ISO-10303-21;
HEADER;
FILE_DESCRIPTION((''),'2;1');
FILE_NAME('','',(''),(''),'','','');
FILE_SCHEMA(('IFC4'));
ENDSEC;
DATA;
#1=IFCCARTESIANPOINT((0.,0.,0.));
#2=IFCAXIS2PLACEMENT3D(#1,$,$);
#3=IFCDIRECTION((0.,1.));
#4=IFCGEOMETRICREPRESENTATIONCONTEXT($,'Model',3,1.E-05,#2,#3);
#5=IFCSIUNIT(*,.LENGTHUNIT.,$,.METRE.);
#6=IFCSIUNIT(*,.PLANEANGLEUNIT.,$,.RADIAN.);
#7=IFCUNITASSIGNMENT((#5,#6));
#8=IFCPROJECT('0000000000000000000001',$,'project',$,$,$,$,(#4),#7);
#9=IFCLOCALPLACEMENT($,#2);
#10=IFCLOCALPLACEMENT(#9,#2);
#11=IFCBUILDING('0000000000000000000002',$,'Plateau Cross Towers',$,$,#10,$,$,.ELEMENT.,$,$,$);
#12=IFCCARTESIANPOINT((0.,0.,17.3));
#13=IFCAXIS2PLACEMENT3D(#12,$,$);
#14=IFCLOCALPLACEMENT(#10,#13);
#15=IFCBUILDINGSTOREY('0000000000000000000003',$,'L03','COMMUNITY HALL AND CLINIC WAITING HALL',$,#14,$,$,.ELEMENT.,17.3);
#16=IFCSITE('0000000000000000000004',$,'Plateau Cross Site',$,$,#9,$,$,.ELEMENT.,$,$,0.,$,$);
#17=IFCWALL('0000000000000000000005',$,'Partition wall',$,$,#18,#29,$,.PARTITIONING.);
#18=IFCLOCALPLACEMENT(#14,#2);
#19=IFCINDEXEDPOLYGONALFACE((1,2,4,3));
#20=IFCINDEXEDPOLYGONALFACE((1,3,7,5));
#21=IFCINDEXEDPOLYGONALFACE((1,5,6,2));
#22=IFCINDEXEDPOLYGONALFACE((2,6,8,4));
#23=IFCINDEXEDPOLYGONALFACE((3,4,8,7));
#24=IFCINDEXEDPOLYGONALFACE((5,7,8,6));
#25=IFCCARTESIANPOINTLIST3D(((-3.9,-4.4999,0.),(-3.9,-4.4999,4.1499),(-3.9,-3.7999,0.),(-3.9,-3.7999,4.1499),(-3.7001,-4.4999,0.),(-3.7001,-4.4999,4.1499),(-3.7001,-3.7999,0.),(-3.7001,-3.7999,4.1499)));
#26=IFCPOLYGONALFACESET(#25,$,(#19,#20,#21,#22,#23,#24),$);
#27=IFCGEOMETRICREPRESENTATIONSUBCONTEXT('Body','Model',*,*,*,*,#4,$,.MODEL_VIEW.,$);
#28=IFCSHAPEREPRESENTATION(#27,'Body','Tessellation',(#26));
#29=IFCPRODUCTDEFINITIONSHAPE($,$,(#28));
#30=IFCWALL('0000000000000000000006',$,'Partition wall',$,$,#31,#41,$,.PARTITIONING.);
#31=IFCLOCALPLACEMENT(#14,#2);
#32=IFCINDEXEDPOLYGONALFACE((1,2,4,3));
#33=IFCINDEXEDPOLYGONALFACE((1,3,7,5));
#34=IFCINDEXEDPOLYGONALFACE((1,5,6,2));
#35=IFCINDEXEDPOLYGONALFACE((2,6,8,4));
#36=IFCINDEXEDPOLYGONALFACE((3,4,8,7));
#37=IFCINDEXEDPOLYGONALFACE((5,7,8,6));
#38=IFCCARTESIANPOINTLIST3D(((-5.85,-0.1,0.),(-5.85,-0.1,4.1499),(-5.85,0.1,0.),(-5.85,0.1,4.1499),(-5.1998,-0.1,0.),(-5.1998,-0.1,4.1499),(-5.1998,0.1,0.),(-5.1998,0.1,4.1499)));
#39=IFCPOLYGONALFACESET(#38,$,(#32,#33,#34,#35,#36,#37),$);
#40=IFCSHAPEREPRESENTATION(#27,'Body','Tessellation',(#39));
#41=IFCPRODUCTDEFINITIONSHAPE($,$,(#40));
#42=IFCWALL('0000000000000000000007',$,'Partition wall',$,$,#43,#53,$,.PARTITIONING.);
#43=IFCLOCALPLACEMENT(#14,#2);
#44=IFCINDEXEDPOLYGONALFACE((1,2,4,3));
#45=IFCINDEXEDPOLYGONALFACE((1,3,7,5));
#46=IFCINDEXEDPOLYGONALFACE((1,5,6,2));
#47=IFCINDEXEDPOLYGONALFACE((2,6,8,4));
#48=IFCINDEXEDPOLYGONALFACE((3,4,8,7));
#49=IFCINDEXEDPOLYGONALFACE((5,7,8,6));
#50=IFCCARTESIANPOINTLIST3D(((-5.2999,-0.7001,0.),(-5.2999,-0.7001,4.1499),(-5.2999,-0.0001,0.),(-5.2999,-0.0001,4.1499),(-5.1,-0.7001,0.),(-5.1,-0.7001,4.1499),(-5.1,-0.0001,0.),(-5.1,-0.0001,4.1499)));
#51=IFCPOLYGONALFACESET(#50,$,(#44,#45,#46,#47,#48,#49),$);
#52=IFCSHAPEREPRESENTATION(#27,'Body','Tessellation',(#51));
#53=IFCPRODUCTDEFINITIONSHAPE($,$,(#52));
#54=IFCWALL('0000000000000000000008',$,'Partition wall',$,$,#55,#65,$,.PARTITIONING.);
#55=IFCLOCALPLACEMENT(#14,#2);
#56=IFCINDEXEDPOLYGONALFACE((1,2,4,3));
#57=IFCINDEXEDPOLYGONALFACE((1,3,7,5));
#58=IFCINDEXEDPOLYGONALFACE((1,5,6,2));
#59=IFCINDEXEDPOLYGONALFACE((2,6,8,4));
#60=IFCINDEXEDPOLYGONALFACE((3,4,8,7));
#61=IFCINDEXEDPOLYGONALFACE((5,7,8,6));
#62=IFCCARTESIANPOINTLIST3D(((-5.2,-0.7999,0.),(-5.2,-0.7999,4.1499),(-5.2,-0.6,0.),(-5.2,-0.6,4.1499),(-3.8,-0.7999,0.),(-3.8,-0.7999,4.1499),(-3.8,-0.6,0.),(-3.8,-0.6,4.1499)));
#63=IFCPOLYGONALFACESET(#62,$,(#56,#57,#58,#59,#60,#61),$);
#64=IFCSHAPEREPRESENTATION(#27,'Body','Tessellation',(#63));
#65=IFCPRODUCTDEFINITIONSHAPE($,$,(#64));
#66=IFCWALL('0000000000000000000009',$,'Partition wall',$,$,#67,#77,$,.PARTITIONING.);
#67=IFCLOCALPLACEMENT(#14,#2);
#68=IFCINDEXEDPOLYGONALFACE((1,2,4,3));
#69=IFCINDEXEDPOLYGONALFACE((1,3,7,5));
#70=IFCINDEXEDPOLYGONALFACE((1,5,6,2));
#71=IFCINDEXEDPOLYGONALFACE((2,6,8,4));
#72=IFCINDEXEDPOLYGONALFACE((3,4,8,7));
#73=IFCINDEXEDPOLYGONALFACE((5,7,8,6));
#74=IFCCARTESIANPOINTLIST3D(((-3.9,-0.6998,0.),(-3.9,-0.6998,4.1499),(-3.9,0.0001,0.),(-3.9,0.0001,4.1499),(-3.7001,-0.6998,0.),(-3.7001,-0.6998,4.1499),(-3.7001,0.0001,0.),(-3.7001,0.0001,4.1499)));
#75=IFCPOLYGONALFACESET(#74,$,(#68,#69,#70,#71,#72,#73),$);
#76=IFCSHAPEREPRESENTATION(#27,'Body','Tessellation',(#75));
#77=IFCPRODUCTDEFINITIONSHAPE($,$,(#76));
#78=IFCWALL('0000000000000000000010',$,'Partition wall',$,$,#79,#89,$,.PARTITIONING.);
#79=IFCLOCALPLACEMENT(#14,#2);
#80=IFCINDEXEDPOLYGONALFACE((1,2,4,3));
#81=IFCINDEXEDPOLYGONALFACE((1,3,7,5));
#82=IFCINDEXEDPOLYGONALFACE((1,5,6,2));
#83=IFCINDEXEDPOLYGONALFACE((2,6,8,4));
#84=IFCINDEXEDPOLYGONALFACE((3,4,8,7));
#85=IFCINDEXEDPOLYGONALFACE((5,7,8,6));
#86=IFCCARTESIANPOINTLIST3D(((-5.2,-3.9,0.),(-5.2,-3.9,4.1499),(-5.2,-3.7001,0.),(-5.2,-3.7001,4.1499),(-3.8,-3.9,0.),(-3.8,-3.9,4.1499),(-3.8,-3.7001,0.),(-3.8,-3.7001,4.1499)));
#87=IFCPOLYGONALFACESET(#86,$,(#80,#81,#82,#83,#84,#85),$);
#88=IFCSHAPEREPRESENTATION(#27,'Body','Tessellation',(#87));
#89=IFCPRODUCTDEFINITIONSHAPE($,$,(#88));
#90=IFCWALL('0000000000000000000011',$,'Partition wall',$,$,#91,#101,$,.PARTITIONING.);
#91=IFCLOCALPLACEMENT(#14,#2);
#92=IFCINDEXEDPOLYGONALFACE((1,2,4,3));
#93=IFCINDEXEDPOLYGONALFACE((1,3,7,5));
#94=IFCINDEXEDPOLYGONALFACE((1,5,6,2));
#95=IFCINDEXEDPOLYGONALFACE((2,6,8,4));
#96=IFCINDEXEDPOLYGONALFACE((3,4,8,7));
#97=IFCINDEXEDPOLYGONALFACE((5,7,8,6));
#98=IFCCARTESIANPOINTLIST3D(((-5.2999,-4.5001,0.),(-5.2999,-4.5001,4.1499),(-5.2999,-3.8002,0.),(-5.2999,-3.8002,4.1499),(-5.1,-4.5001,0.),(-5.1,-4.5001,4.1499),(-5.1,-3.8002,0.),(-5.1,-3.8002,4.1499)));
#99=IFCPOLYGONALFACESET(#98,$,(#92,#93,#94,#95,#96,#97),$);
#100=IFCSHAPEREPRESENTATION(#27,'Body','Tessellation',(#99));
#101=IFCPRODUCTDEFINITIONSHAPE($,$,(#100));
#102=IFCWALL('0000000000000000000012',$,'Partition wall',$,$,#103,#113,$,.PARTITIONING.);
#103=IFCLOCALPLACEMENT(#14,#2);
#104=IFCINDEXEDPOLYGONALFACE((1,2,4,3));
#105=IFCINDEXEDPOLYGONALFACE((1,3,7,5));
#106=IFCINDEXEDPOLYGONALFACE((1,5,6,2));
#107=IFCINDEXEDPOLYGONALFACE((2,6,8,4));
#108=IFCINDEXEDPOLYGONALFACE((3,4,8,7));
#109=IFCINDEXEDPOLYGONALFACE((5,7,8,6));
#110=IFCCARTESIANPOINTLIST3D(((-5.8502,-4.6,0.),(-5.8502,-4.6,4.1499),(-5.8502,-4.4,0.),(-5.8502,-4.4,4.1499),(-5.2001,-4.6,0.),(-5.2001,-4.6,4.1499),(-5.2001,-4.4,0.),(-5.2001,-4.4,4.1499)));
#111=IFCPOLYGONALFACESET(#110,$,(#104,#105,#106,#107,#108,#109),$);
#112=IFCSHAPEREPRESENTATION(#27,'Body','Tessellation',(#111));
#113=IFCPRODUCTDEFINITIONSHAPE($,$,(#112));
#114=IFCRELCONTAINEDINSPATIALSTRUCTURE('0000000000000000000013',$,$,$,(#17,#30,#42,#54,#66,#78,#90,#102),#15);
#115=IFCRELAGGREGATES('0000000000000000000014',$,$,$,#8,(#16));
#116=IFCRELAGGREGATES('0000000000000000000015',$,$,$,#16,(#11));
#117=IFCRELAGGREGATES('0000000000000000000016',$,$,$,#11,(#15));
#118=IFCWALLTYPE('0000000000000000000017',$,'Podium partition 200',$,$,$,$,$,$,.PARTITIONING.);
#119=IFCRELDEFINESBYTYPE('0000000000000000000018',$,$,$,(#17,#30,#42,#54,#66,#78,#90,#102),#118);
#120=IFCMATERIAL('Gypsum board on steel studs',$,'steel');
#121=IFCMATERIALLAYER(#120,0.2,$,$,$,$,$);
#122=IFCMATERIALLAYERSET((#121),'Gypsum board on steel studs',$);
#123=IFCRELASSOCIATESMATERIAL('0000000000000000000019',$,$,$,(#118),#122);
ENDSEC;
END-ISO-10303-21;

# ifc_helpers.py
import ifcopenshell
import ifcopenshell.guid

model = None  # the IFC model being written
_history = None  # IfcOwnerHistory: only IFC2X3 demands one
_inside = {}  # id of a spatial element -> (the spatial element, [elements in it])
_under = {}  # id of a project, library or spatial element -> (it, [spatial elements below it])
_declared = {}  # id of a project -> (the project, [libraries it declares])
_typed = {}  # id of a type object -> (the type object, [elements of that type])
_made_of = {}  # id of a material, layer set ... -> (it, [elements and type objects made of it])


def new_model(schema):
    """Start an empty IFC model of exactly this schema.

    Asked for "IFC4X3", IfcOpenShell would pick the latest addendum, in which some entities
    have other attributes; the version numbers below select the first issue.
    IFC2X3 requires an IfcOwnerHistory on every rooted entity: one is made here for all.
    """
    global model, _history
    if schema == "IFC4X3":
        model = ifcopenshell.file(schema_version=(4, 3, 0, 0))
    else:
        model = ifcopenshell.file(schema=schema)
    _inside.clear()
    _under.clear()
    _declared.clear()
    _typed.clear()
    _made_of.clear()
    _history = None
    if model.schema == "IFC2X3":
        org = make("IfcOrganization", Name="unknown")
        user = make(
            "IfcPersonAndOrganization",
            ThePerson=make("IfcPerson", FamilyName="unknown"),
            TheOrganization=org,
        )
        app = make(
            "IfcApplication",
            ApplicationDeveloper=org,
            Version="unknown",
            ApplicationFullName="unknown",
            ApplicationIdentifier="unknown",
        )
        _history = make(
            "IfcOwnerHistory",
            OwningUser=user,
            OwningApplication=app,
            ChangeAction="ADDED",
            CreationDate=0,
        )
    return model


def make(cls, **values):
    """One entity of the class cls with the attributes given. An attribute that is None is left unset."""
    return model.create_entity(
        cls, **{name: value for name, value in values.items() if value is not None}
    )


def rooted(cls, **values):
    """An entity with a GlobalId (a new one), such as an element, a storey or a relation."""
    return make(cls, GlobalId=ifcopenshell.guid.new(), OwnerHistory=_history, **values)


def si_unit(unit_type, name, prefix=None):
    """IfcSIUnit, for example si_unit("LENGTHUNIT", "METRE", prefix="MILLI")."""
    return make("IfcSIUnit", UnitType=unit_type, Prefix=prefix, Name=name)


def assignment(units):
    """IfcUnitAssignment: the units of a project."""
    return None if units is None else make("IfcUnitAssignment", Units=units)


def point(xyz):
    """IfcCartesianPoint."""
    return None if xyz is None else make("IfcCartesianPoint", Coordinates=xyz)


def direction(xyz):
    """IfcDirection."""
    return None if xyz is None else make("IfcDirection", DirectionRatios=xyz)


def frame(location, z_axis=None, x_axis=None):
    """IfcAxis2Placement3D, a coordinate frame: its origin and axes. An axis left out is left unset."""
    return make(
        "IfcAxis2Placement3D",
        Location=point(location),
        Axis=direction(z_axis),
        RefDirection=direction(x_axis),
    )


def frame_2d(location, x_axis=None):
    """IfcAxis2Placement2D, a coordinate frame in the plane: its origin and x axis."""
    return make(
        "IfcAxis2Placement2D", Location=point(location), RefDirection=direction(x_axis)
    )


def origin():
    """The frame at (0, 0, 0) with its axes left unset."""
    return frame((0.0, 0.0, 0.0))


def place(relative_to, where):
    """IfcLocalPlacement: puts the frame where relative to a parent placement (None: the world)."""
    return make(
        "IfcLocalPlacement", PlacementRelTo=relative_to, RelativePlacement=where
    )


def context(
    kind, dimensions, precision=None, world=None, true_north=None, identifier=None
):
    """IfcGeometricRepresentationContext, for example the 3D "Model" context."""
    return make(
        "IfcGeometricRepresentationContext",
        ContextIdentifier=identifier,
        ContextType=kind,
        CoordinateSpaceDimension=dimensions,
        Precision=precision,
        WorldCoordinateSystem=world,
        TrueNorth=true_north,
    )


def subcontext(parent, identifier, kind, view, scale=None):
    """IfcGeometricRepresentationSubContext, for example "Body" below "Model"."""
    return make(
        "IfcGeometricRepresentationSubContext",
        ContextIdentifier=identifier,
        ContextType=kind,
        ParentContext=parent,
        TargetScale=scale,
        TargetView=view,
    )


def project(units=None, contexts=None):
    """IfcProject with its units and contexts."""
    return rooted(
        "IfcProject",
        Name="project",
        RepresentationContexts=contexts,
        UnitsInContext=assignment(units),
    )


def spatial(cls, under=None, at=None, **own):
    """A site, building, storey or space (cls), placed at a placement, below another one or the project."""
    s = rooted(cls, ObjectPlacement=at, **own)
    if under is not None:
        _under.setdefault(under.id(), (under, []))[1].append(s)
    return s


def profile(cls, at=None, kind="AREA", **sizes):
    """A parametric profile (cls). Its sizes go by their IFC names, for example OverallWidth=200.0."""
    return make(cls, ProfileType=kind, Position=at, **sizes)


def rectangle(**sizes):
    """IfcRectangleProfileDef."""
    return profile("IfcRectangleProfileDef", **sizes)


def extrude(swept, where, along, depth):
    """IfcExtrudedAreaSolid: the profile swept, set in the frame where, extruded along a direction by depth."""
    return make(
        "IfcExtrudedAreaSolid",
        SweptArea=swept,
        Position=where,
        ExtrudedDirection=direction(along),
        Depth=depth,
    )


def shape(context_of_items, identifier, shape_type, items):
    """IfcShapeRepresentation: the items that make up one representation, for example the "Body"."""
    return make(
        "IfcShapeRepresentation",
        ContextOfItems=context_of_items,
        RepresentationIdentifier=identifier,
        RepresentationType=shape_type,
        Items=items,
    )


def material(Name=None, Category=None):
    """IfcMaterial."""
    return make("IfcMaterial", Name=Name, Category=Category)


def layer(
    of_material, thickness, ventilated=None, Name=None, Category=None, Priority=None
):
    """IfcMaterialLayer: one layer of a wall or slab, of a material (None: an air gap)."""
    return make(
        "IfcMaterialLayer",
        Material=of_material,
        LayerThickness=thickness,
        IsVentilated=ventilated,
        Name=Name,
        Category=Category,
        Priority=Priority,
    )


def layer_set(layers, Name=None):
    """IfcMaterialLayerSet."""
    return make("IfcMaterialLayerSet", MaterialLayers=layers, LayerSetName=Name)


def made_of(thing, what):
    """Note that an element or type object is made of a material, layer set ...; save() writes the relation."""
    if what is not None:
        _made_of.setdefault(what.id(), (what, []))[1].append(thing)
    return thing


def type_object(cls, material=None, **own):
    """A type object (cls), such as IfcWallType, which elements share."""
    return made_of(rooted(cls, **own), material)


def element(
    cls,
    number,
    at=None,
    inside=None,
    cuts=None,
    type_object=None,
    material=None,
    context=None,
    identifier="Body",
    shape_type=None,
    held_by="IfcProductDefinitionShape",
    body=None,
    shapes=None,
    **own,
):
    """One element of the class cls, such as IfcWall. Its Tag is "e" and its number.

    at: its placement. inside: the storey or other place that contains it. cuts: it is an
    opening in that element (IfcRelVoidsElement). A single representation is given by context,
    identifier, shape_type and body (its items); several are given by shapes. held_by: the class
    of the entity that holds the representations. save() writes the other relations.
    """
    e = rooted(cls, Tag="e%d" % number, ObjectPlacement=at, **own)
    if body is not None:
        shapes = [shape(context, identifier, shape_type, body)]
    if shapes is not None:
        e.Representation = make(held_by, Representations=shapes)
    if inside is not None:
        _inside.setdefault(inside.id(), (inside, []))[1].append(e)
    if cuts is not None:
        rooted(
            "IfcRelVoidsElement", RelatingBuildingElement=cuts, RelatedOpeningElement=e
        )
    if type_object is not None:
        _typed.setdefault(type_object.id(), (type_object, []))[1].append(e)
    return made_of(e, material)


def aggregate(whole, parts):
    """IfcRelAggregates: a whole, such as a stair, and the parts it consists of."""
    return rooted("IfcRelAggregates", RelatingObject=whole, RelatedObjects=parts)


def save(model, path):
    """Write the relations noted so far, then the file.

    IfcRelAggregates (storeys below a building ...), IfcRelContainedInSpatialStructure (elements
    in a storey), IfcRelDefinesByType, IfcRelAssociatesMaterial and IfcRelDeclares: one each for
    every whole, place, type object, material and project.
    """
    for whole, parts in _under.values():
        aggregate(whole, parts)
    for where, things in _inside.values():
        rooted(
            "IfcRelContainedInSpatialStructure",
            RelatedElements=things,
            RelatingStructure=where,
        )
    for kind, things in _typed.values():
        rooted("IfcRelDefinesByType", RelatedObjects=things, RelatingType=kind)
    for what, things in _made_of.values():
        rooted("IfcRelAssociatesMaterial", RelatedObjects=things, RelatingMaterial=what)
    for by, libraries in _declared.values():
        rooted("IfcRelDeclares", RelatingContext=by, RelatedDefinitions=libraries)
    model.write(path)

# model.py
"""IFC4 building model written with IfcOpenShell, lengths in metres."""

from ifc_helpers import new_model, si_unit, direction, frame, frame_2d, origin, place, context, subcontext, project, spatial, rectangle, extrude, material, layer, layer_set, type_object, element, save


model = new_model("IFC4")

# Units and contexts
model_context = context("Model", 3, precision=1e-05, world=origin(), true_north=direction((0.0, 1.0)))
body_context = subcontext(model_context, "Body", "Model", "MODEL_VIEW")
ifc_project = project(units=[si_unit("LENGTHUNIT", "METRE"), si_unit("PLANEANGLEUNIT", "RADIAN")], contexts=[model_context])

# Site, building, storey
site_placement = place(None, origin())
site = spatial("IfcSite", under=ifc_project, at=site_placement, Name="Plateau Cross Site", CompositionType="ELEMENT", RefElevation=0.0)
building_placement = place(site_placement, origin())
building = spatial("IfcBuilding", under=site, at=building_placement, Name="Plateau Cross Towers", CompositionType="ELEMENT")
storey_placement = place(building_placement, frame((0.0, 0.0, 17.3)))
storey = spatial("IfcBuildingStorey", under=building, at=storey_placement, Name="L03", Description="COMMUNITY HALL AND CLINIC WAITING HALL", CompositionType="ELEMENT", Elevation=17.3)

# Shared definitions
ifc_material_1 = material(Name="Gypsum board on steel studs", Category="steel")
ifc_layer_1 = layer(ifc_material_1, 0.2)
ifc_layer_set_1 = layer_set([ifc_layer_1], Name="Gypsum board on steel studs")
wall_type_1 = type_object("IfcWallType", Name="Podium partition 200", PredefinedType="PARTITIONING", material=ifc_layer_set_1)

# Walls
wall_1_placement = place(storey_placement, frame((-3.8, -4.5, 0.0), z_axis=(0.0, 0.0, 1.0), x_axis=(0.0, 1.0, 0.0)))
element("IfcWall", 1, at=wall_1_placement, inside=storey, type_object=wall_type_1, Name="Partition wall", PredefinedType="PARTITIONING", context=body_context, shape_type="SweptSolid", body=[
    extrude(rectangle(XDim=0.7, YDim=0.2, at=frame_2d((0.3501, 0.0))), origin(), (0.0, 0.0, 1.0), 4.1499),
])
wall_2_placement = place(storey_placement, frame((-5.8501, 0.0, 0.0), z_axis=(0.0, 0.0, 1.0), x_axis=(1.0, 0.0, 0.0)))
element("IfcWall", 2, at=wall_2_placement, inside=storey, type_object=wall_type_1, Name="Partition wall", PredefinedType="PARTITIONING", context=body_context, shape_type="SweptSolid", body=[
    extrude(rectangle(XDim=0.6501, YDim=0.2, at=frame_2d((0.3252, 0.0))), origin(), (0.0, 0.0, 1.0), 4.1499),
])
wall_3_placement = place(storey_placement, frame((-5.2, 0.0, 0.0), z_axis=(0.0, 0.0, 1.0), x_axis=(0.0, -1.0, 0.0)))
element("IfcWall", 3, at=wall_3_placement, inside=storey, type_object=wall_type_1, Name="Partition wall", PredefinedType="PARTITIONING", context=body_context, shape_type="SweptSolid", body=[
    extrude(rectangle(XDim=0.7, YDim=0.2, at=frame_2d((0.3501, 0.0))), origin(), (0.0, 0.0, 1.0), 4.1499),
])
wall_4_placement = place(storey_placement, frame((-5.2, -0.7, 0.0), z_axis=(0.0, 0.0, 1.0), x_axis=(1.0, 0.0, 0.0)))
element("IfcWall", 4, at=wall_4_placement, inside=storey, type_object=wall_type_1, Name="Partition wall", PredefinedType="PARTITIONING", context=body_context, shape_type="SweptSolid", body=[
    extrude(rectangle(XDim=1.3999, YDim=0.2, at=frame_2d((0.7, 0.0))), origin(), (0.0, 0.0, 1.0), 4.1499),
])
wall_5_placement = place(storey_placement, frame((-3.8, -0.7, 0.0), z_axis=(0.0, 0.0, 1.0), x_axis=(0.0, 1.0, 0.0)))
element("IfcWall", 5, at=wall_5_placement, inside=storey, type_object=wall_type_1, Name="Partition wall", PredefinedType="PARTITIONING", context=body_context, shape_type="SweptSolid", body=[
    extrude(rectangle(XDim=0.7, YDim=0.2, at=frame_2d((0.3501, 0.0))), origin(), (0.0, 0.0, 1.0), 4.1499),
])
wall_6_placement = place(storey_placement, frame((-3.8, -3.8, 0.0), z_axis=(0.0, 0.0, 1.0), x_axis=(-1.0, 0.0, 0.0)))
element("IfcWall", 6, at=wall_6_placement, inside=storey, type_object=wall_type_1, Name="Partition wall", PredefinedType="PARTITIONING", context=body_context, shape_type="SweptSolid", body=[
    extrude(rectangle(XDim=1.3999, YDim=0.2, at=frame_2d((0.7, 0.0))), origin(), (0.0, 0.0, 1.0), 4.1499),
])
wall_7_placement = place(storey_placement, frame((-5.2, -3.8, 0.0), z_axis=(0.0, 0.0, 1.0), x_axis=(0.0, -1.0, 0.0)))
element("IfcWall", 7, at=wall_7_placement, inside=storey, type_object=wall_type_1, Name="Partition wall", PredefinedType="PARTITIONING", context=body_context, shape_type="SweptSolid", body=[
    extrude(rectangle(XDim=0.7, YDim=0.2, at=frame_2d((0.3501, 0.0))), origin(), (0.0, 0.0, 1.0), 4.1499),
])
wall_8_placement = place(storey_placement, frame((-5.2, -4.5, 0.0), z_axis=(0.0, 0.0, 1.0), x_axis=(-1.0, 0.0, 0.0)))
element("IfcWall", 8, at=wall_8_placement, inside=storey, type_object=wall_type_1, Name="Partition wall", PredefinedType="PARTITIONING", context=body_context, shape_type="SweptSolid", body=[
    extrude(rectangle(XDim=0.6501, YDim=0.2, at=frame_2d((0.3252, 0.0))), origin(), (0.0, 0.0, 1.0), 4.1499),
])

save(model, "model.ifc")
